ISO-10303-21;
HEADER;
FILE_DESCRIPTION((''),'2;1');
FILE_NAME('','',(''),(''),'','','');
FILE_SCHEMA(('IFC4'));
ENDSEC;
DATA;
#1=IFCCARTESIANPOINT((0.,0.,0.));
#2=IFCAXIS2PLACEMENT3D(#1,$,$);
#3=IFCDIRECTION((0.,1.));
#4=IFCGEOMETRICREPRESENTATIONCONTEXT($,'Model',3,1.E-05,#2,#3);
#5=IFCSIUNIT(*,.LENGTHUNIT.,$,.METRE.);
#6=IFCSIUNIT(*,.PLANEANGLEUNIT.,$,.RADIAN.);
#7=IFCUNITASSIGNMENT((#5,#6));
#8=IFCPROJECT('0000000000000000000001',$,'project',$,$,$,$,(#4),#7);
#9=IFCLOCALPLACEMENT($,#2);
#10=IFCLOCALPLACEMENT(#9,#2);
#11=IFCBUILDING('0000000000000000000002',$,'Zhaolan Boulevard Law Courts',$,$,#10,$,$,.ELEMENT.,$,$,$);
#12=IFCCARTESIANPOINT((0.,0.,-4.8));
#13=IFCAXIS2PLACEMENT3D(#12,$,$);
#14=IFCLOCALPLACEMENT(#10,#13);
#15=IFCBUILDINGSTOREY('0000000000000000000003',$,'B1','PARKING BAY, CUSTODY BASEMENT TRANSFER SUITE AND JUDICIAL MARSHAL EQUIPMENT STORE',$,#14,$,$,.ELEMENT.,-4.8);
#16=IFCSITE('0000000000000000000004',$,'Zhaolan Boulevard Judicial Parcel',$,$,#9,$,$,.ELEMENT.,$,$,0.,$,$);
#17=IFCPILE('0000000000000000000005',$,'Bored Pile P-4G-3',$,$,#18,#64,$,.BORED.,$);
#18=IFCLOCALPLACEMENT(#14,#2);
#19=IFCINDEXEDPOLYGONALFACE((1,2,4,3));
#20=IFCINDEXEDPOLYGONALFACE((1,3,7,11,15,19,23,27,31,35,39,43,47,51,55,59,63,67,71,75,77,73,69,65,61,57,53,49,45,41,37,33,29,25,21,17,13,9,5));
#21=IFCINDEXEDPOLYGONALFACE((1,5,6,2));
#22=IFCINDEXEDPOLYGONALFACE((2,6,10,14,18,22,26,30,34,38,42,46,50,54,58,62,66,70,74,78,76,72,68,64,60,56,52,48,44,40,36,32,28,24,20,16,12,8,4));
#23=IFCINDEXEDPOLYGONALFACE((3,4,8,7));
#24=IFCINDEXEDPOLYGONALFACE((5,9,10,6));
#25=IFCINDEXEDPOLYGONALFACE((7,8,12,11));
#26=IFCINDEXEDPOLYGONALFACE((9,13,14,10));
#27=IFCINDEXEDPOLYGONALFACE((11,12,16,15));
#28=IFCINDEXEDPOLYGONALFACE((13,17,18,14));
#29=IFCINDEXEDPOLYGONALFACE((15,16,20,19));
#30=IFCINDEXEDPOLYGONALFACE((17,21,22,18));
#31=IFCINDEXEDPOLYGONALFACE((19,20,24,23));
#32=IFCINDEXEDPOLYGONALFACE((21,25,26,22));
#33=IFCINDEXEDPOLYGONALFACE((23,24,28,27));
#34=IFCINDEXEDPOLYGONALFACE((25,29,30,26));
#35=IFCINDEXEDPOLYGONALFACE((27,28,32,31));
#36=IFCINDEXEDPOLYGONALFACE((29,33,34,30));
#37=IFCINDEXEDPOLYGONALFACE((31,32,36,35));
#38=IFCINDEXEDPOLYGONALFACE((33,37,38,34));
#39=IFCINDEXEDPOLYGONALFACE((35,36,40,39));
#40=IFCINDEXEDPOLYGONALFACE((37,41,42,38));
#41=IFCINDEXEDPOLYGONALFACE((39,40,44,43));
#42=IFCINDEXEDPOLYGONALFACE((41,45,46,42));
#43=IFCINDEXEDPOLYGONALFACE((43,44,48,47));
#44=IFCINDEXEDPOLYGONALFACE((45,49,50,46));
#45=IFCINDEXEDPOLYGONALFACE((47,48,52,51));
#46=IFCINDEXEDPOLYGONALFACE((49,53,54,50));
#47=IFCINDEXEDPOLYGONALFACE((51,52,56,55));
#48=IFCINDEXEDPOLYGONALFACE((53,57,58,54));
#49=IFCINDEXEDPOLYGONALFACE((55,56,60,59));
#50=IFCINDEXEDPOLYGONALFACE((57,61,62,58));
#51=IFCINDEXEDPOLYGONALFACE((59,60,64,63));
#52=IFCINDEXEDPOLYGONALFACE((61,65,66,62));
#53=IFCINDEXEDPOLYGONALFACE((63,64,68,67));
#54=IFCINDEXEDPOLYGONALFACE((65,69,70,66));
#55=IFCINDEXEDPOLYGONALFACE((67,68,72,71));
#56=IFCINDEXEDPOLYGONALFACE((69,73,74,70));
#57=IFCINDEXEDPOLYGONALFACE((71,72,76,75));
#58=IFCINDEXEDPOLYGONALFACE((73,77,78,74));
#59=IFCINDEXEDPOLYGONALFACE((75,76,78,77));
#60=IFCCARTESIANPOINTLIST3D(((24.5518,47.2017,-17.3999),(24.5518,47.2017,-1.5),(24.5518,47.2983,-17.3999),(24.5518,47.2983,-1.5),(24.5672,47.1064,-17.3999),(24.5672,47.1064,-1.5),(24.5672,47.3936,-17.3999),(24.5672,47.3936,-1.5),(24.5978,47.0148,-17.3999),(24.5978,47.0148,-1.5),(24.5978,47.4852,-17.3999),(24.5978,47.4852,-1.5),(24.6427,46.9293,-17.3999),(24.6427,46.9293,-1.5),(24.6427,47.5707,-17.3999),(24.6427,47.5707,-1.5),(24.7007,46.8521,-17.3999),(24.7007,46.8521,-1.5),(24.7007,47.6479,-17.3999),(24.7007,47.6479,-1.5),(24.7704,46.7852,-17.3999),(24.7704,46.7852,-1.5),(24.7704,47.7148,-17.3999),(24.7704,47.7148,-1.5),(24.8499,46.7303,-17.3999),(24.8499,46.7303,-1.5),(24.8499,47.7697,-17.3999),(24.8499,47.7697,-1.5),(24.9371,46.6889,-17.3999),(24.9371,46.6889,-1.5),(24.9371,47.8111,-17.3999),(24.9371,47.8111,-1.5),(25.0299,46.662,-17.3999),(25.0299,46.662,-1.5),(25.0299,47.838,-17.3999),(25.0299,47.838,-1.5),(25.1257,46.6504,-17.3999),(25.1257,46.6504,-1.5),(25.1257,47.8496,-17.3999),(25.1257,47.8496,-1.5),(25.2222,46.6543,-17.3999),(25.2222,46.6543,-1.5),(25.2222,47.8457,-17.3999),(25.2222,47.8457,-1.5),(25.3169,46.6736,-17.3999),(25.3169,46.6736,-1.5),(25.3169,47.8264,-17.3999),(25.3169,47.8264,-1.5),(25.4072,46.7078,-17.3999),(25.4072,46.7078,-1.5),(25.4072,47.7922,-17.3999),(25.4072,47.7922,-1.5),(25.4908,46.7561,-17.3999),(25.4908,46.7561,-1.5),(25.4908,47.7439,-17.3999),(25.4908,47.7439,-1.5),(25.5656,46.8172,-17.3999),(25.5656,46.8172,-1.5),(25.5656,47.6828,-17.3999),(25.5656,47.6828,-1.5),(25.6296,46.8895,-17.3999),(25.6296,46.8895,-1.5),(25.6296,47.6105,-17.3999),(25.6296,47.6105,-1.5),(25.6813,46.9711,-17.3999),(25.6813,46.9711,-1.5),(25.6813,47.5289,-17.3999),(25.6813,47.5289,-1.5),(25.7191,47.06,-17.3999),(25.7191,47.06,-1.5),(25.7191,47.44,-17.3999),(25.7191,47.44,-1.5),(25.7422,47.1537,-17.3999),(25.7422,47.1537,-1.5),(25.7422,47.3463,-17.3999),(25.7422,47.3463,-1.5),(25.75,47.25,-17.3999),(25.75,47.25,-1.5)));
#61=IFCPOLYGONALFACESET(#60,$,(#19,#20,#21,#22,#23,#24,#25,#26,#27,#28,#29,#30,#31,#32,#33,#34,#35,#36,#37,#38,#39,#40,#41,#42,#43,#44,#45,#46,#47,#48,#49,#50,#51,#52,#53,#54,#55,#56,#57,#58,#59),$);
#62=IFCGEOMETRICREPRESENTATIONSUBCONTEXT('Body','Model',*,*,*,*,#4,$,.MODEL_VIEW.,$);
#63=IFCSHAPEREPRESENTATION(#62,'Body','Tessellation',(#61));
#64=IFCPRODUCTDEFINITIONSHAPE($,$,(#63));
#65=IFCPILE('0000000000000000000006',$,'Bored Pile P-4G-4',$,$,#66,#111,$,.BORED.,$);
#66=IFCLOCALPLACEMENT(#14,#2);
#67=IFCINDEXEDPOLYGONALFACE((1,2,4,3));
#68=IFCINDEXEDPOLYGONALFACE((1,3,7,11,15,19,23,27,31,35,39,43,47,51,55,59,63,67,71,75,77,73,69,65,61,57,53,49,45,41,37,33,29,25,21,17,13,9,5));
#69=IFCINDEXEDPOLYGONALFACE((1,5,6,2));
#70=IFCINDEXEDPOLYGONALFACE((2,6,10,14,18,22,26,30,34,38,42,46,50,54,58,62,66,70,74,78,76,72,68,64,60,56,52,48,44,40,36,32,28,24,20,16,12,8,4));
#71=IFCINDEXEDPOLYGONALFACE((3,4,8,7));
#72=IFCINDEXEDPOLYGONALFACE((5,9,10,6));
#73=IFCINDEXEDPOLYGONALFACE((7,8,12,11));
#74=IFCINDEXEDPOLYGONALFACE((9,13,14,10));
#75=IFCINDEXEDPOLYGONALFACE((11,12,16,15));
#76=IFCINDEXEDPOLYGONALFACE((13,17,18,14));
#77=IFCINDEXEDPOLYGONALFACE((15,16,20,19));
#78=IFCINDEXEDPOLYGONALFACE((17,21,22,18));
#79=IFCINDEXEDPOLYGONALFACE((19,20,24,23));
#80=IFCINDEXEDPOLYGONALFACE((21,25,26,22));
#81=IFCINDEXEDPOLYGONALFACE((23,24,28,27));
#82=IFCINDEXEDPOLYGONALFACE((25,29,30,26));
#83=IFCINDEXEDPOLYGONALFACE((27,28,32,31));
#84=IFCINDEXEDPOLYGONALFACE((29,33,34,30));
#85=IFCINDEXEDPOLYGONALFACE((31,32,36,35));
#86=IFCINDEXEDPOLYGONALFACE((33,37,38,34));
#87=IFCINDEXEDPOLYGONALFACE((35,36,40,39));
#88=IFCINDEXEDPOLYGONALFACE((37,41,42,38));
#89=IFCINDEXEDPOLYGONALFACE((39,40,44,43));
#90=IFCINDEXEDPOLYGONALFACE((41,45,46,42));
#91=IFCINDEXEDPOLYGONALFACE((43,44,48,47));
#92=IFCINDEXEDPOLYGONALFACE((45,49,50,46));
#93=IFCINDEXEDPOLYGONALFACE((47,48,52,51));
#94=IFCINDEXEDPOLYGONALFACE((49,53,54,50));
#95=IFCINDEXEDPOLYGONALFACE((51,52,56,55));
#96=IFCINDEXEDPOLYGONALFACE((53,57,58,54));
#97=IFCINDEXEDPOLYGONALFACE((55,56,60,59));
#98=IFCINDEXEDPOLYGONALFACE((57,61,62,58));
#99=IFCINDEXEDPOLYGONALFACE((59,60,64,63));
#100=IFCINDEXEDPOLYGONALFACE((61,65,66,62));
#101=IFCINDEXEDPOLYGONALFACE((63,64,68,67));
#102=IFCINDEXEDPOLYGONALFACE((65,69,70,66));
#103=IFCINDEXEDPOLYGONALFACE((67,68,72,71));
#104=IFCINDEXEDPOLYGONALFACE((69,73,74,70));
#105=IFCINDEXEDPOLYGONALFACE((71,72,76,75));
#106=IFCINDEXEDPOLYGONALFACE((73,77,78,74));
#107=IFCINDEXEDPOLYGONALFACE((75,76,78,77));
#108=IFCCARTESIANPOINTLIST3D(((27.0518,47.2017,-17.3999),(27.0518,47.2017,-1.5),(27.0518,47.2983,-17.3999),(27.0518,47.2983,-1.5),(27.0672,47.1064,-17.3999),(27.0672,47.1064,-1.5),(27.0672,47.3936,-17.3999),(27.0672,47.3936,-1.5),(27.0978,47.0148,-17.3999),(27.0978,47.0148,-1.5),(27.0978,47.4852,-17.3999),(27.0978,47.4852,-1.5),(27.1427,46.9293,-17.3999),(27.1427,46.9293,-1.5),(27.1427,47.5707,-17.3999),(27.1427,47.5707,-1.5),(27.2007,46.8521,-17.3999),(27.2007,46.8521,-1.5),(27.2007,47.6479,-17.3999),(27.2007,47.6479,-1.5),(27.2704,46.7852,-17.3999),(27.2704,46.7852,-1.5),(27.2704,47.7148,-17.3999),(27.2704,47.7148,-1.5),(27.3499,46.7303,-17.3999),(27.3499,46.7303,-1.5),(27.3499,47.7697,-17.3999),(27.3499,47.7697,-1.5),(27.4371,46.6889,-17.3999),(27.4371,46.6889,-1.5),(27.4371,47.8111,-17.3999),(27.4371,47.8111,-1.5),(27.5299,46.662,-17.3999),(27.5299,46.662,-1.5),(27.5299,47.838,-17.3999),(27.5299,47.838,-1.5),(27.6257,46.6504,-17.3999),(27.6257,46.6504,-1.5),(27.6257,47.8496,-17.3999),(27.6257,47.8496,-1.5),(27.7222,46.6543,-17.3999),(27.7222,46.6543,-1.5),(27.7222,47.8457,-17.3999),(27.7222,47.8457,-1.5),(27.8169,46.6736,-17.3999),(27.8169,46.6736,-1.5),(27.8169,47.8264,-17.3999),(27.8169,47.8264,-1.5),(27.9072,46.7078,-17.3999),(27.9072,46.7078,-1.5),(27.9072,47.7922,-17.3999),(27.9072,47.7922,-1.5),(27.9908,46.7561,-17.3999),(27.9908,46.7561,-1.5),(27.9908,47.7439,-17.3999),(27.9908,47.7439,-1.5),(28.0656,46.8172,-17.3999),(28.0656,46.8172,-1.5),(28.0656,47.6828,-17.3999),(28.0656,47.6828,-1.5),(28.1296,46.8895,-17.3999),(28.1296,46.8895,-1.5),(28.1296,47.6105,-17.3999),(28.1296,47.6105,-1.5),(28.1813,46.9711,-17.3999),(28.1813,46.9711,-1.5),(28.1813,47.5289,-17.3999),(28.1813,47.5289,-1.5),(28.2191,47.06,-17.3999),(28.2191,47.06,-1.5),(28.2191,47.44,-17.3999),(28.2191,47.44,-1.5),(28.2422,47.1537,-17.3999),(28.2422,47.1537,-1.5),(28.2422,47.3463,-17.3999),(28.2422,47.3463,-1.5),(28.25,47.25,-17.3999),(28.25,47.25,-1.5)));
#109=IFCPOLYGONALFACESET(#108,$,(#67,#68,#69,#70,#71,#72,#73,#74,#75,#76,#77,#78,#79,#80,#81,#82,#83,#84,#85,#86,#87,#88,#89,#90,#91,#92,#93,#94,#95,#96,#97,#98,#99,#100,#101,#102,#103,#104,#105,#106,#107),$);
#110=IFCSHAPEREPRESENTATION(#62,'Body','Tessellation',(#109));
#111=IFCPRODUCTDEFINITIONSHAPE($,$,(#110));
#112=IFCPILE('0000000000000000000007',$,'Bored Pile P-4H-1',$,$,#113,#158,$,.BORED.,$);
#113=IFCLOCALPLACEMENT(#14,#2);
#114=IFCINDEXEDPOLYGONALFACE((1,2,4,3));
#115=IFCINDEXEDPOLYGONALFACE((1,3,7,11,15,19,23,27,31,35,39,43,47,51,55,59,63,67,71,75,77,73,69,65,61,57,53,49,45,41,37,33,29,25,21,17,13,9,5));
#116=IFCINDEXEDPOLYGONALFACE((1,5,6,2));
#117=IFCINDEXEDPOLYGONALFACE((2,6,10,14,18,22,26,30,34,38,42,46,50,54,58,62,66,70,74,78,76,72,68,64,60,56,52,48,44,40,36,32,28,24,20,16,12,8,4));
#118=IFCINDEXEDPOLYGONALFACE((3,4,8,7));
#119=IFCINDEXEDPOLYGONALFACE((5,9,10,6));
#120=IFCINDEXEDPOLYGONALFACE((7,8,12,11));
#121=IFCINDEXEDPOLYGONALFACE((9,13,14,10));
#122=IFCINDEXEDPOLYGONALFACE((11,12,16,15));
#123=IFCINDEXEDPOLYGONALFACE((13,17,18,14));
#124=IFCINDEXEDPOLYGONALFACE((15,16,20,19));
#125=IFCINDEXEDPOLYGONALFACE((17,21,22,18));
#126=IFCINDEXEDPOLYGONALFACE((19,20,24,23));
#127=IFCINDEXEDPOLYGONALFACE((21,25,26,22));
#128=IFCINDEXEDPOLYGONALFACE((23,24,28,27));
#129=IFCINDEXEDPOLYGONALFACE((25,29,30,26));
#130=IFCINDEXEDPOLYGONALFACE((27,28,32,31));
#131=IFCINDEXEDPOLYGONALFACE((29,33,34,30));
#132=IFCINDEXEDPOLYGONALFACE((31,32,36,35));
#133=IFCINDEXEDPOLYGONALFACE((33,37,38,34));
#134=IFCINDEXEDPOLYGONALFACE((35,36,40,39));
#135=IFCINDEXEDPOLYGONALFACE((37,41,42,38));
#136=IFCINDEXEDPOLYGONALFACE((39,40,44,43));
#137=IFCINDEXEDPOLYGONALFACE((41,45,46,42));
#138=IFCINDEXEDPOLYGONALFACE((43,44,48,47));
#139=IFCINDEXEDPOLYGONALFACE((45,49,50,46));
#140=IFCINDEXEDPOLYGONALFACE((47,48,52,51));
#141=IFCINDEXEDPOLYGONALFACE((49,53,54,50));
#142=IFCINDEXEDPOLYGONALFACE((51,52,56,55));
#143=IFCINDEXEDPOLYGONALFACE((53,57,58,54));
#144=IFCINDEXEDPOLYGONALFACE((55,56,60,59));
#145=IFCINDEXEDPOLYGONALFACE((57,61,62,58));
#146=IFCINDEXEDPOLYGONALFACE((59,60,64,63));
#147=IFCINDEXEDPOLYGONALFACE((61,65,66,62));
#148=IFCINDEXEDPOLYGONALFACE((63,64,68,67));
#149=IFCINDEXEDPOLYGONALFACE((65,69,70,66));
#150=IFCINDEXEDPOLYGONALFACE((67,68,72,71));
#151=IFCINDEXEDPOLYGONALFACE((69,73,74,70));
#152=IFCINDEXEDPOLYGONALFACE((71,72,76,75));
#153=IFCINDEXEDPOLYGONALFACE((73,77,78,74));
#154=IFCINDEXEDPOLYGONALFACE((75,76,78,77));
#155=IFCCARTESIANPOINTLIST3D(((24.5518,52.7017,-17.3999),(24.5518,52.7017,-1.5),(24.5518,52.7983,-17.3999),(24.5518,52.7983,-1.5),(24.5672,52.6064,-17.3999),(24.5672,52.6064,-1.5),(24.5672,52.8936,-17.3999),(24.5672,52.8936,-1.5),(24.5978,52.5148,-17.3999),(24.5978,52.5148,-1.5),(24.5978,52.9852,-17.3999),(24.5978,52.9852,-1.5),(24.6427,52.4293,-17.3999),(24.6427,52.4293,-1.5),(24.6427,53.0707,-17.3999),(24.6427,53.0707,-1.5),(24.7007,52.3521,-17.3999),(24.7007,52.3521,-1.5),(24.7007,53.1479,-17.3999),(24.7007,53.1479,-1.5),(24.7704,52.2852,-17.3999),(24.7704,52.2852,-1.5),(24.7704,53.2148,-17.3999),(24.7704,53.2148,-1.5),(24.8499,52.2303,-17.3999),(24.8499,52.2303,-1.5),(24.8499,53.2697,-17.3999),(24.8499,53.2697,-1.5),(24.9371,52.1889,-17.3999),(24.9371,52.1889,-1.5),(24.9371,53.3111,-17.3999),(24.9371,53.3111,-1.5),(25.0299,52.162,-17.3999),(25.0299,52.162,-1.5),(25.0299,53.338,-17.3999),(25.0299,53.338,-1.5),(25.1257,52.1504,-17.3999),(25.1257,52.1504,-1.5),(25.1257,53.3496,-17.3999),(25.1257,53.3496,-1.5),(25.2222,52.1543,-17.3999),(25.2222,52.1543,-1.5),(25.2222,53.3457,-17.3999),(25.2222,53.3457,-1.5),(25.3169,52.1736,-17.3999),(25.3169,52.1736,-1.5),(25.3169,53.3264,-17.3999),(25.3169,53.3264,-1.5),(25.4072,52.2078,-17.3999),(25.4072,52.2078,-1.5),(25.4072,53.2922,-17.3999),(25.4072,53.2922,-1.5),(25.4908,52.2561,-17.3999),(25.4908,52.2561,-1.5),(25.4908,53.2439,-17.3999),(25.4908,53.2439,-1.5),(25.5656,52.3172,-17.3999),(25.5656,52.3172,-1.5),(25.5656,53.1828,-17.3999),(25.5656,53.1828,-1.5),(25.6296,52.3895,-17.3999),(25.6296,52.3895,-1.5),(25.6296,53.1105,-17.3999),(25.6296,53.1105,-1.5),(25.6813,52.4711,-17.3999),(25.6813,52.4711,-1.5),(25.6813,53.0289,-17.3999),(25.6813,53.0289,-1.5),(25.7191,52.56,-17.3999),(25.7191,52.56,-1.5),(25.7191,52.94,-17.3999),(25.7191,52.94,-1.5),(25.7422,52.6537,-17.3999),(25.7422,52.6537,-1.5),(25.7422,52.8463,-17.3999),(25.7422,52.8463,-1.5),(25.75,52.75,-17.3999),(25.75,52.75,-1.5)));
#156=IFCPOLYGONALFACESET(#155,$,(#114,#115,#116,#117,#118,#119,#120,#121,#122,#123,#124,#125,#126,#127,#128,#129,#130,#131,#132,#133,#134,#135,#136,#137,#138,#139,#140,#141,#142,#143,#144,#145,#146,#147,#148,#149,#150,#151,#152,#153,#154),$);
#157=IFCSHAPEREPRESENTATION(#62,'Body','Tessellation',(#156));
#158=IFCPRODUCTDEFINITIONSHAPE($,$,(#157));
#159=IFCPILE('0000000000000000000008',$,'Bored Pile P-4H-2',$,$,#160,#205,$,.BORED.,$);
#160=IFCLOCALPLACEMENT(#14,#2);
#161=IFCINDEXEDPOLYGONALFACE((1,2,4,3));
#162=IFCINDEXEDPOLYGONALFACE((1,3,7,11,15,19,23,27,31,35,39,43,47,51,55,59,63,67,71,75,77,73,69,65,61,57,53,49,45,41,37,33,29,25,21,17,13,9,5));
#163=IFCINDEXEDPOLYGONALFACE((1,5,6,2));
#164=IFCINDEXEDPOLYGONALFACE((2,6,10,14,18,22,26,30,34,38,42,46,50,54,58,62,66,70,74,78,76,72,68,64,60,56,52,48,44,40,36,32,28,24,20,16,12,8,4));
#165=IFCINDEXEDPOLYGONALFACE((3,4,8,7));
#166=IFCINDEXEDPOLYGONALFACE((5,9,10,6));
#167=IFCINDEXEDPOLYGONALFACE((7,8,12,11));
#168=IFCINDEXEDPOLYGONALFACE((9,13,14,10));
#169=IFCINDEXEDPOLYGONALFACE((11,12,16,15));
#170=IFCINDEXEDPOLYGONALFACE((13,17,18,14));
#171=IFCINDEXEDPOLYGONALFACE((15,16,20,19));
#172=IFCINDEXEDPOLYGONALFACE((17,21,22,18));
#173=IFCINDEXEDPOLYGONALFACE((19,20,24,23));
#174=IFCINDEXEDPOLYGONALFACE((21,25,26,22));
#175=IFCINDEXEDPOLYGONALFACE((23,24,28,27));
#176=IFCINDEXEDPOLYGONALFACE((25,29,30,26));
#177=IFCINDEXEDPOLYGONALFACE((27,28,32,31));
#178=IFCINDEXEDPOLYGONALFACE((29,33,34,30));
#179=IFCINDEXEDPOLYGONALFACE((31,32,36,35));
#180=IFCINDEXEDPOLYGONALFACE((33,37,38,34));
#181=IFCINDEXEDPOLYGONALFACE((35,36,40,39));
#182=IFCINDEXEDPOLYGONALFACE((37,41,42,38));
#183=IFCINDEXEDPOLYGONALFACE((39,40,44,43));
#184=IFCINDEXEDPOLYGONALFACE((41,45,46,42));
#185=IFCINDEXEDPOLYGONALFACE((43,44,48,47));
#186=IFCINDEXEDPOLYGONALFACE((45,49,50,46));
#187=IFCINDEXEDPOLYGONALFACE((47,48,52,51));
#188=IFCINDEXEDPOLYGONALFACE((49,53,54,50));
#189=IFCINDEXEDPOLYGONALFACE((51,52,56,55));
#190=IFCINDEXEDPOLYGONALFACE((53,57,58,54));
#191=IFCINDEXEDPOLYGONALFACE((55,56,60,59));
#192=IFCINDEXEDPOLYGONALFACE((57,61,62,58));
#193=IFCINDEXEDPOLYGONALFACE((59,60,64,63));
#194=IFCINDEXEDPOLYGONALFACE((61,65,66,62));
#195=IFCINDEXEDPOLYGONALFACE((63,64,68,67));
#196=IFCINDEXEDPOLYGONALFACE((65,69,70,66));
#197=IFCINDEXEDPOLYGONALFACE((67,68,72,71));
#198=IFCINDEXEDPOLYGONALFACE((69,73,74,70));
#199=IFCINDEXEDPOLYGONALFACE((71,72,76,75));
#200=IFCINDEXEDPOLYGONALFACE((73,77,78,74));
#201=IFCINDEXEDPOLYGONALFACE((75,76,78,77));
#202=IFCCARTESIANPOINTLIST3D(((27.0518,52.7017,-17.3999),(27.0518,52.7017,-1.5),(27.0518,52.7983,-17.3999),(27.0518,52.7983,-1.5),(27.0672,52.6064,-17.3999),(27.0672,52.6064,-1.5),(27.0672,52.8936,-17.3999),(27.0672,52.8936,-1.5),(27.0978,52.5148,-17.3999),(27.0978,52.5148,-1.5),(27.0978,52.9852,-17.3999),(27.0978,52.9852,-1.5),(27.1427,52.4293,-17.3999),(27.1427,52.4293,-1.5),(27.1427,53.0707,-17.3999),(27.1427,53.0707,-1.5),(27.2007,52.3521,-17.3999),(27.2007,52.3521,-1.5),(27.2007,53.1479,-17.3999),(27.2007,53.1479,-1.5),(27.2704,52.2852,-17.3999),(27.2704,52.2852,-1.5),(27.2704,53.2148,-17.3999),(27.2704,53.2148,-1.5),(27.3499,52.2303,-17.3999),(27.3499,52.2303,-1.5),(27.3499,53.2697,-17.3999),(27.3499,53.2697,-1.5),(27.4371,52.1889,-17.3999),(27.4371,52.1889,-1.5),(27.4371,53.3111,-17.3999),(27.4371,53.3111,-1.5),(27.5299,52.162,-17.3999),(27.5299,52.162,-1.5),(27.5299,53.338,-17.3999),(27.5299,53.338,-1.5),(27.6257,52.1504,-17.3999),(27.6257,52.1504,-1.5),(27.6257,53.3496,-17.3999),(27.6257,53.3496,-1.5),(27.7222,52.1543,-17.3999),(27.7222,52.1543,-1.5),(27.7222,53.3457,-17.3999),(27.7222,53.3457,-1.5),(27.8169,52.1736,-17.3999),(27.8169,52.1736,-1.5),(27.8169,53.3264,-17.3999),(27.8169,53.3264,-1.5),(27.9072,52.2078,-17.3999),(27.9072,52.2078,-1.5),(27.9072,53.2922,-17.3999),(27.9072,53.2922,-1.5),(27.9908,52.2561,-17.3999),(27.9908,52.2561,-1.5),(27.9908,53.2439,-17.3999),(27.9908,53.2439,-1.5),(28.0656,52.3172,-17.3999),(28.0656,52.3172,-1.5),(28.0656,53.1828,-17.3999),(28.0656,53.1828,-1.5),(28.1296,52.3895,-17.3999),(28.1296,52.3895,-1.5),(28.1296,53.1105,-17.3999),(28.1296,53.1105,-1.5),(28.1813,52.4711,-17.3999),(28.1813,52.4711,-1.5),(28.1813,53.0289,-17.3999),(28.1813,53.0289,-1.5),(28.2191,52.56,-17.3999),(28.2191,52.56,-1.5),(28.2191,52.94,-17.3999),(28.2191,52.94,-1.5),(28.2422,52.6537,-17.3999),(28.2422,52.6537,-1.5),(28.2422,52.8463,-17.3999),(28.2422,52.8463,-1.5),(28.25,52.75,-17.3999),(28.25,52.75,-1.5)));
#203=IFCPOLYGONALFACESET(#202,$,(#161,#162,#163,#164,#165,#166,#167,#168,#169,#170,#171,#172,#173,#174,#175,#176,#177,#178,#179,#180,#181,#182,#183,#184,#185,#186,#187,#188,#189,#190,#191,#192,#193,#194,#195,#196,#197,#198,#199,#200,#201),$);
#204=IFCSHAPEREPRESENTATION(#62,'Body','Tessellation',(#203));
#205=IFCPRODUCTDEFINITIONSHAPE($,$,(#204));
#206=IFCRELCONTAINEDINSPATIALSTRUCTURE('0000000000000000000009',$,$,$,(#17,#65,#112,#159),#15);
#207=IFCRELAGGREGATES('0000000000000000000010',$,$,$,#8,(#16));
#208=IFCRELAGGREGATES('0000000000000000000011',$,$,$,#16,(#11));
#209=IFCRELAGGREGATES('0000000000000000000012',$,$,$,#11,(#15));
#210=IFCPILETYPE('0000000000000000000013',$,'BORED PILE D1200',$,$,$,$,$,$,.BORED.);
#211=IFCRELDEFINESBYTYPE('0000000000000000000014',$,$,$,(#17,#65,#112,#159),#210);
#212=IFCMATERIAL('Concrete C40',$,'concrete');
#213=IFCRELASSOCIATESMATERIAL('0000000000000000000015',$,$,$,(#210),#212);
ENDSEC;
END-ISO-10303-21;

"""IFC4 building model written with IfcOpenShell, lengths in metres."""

from ifc_helpers import new_model, si_unit, direction, frame, origin, origin_2d, place, context, subcontext, project, spatial, circle, extrude, material, material_profile, profile_set, type_object, element, save


model = new_model("IFC4")

# Units and contexts
model_context = context("Model", 3, precision=1e-05, world=origin(), true_north=direction((0.0, 1.0)))
body_context = subcontext(model_context, "Body", "Model", "MODEL_VIEW")
ifc_project = project(units=[si_unit("LENGTHUNIT", "METRE"), si_unit("PLANEANGLEUNIT", "RADIAN")], contexts=[model_context])

# Site, building, storey
site_placement = place(None, origin())
site = spatial("IfcSite", under=ifc_project, at=site_placement, Name="Zhaolan Boulevard Judicial Parcel", CompositionType="ELEMENT", RefElevation=0.0)
building_placement = place(site_placement, origin())
building = spatial("IfcBuilding", under=site, at=building_placement, Name="Zhaolan Boulevard Law Courts", CompositionType="ELEMENT")
storey_placement = place(building_placement, frame((0.0, 0.0, -4.8)))
storey = spatial("IfcBuildingStorey", under=building, at=storey_placement, Name="B1", Description="PARKING BAY, CUSTODY BASEMENT TRANSFER SUITE AND JUDICIAL MARSHAL EQUIPMENT STORE", CompositionType="ELEMENT", Elevation=-4.8)

# Piles
ifc_material_1 = material(Name="Concrete C40", Category="concrete")
ifc_material_profile_1 = material_profile(ifc_material_1, circle(Radius=0.6001, at=origin_2d()), Name="PILE-D1200")
ifc_profile_set_1 = profile_set([ifc_material_profile_1], Name="Concrete C40")
pile_type = type_object("IfcPileType", Name="BORED PILE D1200", PredefinedType="BORED", material=ifc_profile_set_1)
for number, where, z_axis, x_axis, name in (
    (1, (25.1499, 47.25, -1.5), (0.0, 0.0, -1.0), (1.0, 0.0, 0.0), "Bored Pile P-4G-3"),
    (2, (27.6499, 47.25, -1.5), (0.0, 0.0, -1.0), (1.0, 0.0, 0.0), "Bored Pile P-4G-4"),
    (3, (25.1499, 52.75, -1.5), (0.0, 0.0, -1.0), (1.0, 0.0, 0.0), "Bored Pile P-4H-1"),
    (4, (27.6499, 52.75, -1.5), (0.0, 0.0, -1.0), (1.0, 0.0, 0.0), "Bored Pile P-4H-2"),
):
    element("IfcPile", number, at=place(storey_placement, frame(where, z_axis=z_axis, x_axis=x_axis)), inside=storey, type_object=pile_type, Name=name, PredefinedType="BORED", context=body_context, shape_type="SweptSolid", body=[
        extrude(circle(Radius=0.6001, at=origin_2d()), origin(), (0.0, 0.0, 1.0), 15.8999),
    ])

save(model, "model.ifc")
